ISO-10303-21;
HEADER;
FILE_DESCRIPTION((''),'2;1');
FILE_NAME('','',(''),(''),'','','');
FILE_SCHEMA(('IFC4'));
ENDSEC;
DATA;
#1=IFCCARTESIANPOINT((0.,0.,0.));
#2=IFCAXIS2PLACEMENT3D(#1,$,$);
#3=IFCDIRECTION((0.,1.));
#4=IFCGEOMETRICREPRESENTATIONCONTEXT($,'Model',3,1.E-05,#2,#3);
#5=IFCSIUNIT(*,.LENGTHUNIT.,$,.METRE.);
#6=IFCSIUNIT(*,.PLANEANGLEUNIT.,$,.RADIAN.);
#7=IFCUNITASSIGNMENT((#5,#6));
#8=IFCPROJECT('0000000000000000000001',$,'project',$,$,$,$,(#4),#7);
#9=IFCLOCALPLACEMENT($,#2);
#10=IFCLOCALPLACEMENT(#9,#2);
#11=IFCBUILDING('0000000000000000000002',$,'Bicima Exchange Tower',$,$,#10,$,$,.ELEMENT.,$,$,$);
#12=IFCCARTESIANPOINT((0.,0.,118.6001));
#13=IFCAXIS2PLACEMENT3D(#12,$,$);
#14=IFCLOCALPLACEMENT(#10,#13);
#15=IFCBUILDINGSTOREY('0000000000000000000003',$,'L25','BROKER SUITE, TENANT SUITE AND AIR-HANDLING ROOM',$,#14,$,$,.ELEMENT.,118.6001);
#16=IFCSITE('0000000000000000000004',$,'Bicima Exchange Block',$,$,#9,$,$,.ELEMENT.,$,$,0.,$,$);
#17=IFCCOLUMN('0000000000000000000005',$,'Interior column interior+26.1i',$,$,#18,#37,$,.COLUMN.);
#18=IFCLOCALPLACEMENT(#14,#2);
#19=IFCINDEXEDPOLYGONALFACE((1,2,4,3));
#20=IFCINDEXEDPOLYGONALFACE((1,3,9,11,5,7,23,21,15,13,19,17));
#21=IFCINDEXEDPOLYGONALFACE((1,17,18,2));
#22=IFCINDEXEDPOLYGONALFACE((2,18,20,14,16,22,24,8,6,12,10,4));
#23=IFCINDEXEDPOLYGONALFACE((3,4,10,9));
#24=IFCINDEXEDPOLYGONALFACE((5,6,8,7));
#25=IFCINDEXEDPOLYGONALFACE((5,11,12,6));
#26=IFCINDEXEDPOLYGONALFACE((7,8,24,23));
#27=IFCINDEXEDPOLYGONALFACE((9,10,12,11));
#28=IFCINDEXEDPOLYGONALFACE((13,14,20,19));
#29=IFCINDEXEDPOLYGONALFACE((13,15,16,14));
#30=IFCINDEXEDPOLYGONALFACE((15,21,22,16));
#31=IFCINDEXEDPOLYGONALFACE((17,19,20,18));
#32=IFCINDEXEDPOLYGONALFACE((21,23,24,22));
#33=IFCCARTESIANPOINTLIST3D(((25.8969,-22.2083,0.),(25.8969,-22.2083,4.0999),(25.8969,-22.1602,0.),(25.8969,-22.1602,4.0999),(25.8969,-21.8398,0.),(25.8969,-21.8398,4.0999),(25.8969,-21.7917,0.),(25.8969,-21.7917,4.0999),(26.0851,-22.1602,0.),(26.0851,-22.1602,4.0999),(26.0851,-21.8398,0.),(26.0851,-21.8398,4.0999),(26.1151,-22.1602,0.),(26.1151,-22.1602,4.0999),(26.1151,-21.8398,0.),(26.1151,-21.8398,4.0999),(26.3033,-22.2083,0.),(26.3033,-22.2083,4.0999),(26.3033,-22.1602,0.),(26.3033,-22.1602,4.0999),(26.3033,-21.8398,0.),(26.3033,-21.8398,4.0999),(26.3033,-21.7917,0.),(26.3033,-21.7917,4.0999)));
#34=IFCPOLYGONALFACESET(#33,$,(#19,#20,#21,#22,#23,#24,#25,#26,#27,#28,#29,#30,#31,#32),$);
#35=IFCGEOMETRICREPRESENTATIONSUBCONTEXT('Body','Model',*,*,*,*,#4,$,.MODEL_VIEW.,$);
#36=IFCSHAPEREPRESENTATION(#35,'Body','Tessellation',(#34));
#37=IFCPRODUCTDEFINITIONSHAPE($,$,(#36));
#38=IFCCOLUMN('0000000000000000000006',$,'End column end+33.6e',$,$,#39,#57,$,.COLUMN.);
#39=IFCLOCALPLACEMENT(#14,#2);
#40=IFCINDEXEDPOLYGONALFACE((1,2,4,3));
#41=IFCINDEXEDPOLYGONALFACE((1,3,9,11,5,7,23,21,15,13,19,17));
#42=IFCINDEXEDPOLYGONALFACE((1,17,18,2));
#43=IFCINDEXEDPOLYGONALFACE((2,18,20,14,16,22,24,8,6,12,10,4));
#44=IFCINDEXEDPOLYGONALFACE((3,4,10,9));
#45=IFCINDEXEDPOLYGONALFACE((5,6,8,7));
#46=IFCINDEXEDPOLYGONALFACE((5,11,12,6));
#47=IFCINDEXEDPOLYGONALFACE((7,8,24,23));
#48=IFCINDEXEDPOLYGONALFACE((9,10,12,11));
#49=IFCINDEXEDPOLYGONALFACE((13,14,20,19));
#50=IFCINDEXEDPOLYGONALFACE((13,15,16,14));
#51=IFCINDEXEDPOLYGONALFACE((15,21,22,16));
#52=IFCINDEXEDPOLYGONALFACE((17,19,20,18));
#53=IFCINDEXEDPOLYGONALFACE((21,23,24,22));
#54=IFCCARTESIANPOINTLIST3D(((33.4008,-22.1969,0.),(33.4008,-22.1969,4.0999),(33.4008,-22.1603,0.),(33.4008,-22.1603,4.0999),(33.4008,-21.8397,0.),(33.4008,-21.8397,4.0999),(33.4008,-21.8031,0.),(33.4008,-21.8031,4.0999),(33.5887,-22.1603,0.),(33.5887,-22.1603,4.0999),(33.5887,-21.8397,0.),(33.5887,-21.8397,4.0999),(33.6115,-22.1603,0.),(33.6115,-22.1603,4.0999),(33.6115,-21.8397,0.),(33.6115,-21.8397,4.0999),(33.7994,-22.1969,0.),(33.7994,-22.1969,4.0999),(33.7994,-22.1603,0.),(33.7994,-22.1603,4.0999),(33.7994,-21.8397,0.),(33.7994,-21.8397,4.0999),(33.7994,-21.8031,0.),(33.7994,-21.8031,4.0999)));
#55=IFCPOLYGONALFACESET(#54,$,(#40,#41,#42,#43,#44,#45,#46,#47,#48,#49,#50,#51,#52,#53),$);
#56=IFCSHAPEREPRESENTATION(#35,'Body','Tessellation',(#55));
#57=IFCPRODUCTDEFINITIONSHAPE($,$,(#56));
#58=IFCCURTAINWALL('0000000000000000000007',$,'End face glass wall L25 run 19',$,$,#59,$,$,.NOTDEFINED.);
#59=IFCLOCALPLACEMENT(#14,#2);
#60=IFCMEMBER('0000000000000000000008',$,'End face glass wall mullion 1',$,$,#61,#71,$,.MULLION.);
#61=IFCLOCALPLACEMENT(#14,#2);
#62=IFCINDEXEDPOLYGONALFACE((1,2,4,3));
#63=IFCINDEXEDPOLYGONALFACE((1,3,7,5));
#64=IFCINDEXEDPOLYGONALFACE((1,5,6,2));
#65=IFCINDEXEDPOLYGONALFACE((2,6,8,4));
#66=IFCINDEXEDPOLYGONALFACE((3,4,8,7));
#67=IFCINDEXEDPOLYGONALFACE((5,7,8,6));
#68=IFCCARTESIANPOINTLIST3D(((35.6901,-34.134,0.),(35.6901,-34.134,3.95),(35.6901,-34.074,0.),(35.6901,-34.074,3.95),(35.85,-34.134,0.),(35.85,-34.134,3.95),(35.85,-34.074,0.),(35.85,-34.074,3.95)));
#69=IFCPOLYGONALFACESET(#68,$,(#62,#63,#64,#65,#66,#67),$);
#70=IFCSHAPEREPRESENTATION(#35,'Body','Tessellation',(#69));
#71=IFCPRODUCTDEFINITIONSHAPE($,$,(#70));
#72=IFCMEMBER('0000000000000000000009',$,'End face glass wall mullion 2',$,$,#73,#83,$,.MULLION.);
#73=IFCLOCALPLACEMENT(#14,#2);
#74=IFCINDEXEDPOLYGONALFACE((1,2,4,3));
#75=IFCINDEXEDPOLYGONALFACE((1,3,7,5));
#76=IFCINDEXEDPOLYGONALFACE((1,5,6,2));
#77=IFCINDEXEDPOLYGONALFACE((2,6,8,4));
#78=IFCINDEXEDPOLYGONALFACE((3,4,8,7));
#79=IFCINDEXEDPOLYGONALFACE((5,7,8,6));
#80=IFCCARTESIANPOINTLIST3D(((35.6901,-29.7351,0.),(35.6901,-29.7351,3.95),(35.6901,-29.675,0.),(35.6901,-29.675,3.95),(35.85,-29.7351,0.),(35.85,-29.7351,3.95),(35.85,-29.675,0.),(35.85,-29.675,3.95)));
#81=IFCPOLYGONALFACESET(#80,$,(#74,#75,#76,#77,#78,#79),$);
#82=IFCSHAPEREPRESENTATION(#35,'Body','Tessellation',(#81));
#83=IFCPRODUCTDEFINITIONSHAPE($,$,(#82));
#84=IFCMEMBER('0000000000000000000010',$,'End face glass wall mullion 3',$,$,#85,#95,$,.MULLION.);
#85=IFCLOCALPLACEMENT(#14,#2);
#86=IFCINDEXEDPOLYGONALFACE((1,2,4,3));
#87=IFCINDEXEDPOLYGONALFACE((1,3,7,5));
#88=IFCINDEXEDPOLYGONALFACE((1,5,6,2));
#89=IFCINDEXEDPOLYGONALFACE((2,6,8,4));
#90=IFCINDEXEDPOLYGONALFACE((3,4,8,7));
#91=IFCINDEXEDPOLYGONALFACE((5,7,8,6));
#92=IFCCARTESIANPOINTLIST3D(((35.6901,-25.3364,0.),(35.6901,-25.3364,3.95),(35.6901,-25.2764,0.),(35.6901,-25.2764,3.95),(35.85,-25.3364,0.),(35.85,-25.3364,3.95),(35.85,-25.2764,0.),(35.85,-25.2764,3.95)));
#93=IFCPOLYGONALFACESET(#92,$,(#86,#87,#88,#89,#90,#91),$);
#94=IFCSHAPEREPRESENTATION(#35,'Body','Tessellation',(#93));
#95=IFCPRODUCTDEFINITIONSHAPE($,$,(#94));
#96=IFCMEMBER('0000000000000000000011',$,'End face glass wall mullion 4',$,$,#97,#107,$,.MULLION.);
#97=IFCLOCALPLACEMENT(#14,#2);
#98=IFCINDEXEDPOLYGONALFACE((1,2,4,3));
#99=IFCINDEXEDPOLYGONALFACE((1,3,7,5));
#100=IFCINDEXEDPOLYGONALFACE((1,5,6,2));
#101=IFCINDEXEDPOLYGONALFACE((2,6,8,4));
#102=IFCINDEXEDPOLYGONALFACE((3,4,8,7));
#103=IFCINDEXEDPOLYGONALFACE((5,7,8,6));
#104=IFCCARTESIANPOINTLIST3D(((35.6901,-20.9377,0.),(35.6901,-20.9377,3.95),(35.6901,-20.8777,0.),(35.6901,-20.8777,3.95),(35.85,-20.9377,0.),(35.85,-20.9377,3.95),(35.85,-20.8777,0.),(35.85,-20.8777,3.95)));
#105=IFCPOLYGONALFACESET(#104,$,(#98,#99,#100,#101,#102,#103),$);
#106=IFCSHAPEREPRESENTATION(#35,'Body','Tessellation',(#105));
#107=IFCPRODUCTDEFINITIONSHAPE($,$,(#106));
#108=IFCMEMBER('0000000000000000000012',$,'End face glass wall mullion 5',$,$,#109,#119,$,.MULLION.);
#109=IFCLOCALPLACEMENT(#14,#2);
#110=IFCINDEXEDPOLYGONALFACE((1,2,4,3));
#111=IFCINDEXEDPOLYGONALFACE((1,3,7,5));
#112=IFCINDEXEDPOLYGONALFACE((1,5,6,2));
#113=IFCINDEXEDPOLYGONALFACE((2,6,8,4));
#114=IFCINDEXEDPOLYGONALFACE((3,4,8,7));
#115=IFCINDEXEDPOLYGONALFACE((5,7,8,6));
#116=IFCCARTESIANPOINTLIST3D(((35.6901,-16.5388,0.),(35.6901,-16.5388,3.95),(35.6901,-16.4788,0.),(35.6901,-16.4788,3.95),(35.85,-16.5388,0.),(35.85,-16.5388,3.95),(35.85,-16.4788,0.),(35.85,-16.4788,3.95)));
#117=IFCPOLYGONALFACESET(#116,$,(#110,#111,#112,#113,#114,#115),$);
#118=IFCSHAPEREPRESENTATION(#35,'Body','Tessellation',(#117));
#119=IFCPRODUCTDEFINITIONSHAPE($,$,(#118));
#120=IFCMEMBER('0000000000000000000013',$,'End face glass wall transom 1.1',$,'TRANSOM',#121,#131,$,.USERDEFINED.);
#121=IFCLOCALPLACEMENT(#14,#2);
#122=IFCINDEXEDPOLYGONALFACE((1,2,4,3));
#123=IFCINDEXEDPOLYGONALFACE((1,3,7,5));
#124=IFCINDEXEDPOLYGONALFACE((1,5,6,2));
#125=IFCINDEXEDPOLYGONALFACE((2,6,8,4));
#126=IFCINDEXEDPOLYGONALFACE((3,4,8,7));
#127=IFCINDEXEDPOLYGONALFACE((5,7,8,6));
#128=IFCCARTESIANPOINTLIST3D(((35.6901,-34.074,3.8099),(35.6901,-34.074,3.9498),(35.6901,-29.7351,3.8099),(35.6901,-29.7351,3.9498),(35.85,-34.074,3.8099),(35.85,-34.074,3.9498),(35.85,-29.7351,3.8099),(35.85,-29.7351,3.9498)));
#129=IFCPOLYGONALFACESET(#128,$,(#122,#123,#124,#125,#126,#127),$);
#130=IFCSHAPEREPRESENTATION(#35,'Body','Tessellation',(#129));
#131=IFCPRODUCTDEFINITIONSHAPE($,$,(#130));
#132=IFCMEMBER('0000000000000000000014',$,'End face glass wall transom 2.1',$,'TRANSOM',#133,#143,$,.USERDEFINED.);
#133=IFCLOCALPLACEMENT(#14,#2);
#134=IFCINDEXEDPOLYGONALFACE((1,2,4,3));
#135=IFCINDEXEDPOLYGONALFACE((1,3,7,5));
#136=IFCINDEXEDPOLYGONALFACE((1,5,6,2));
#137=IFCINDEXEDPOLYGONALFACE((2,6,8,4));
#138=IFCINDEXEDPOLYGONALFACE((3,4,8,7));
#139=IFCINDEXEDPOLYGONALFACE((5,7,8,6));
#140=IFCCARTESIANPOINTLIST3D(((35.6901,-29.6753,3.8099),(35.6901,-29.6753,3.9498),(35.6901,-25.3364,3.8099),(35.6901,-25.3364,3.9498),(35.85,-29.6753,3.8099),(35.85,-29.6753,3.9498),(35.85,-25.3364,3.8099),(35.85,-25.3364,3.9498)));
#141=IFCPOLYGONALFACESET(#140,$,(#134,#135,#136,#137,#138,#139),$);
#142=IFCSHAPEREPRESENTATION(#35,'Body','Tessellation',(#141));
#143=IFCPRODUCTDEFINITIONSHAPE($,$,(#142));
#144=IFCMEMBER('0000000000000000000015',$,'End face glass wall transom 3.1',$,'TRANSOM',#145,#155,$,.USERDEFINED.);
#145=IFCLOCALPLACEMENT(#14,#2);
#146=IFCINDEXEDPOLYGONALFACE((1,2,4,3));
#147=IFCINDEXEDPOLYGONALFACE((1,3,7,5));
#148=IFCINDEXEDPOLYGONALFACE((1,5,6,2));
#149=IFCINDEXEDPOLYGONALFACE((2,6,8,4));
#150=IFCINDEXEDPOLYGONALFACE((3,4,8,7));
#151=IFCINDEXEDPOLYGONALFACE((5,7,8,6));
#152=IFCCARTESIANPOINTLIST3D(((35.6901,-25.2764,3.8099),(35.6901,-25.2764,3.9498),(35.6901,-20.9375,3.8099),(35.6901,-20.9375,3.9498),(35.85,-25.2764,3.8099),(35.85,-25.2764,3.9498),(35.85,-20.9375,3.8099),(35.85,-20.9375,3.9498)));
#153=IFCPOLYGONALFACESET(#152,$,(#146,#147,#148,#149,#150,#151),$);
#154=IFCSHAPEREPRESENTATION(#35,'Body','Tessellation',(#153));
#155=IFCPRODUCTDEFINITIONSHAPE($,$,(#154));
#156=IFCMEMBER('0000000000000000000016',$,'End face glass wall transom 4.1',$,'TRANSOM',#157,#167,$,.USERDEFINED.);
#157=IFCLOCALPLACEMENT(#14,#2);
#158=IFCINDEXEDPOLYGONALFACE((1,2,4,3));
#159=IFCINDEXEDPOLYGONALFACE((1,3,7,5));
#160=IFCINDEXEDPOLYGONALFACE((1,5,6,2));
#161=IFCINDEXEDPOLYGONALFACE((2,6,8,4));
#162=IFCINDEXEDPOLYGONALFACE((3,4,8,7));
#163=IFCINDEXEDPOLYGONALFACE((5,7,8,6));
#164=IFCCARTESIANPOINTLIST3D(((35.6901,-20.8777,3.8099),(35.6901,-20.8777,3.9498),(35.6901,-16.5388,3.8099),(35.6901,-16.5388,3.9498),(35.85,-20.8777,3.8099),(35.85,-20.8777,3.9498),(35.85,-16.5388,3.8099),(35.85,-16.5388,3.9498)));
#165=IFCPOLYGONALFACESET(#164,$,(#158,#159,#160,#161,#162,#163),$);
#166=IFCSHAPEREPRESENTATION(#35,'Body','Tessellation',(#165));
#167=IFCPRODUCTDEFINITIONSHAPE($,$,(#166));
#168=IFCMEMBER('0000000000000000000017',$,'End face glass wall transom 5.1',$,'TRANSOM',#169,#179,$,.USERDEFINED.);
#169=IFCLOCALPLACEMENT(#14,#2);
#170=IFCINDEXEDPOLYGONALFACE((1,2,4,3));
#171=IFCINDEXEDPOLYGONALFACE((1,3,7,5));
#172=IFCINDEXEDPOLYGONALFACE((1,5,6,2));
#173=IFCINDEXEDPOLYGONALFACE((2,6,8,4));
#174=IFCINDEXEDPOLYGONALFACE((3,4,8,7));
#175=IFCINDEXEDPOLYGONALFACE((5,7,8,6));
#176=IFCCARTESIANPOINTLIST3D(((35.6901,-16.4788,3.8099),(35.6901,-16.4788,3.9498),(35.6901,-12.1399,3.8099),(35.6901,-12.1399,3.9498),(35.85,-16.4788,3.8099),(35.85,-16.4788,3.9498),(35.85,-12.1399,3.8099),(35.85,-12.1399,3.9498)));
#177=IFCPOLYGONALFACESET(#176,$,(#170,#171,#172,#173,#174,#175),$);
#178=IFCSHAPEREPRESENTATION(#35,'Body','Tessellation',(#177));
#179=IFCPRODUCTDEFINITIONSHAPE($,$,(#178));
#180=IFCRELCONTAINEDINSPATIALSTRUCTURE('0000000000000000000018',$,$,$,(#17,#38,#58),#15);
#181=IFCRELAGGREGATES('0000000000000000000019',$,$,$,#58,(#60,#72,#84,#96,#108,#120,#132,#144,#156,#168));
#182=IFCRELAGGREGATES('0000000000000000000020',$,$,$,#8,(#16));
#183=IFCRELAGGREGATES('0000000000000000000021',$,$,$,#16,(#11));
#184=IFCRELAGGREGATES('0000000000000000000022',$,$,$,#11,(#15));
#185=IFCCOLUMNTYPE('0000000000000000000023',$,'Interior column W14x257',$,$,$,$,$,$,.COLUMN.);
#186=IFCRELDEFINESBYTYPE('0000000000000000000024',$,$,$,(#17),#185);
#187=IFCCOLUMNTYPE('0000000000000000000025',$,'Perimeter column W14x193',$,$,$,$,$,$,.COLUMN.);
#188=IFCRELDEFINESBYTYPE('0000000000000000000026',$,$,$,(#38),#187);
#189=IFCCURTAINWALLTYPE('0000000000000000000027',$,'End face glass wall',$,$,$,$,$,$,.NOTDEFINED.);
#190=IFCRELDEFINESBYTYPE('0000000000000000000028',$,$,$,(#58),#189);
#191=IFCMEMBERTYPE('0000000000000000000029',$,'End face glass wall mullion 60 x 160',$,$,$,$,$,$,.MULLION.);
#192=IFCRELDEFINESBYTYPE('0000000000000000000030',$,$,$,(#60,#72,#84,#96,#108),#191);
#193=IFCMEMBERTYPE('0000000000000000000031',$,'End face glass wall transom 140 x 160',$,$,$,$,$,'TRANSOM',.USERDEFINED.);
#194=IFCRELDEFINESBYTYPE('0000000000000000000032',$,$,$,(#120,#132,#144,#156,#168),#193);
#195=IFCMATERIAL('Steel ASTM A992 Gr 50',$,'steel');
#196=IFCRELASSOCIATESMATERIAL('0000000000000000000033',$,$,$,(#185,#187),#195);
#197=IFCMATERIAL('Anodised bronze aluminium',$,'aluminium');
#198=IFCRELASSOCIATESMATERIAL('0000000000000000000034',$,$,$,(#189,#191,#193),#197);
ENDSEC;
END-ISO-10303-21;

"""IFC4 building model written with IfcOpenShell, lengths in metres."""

from ifc_helpers import new_model, si_unit, direction, frame, origin, origin_2d, place, context, subcontext, project, spatial, rectangle, i_section, extrude, material, material_profile, profile_set, type_object, element, aggregate, save


model = new_model("IFC4")

# Units and contexts
model_context = context("Model", 3, precision=1e-05, world=origin(), true_north=direction((0.0, 1.0)))
body_context = subcontext(model_context, "Body", "Model", "MODEL_VIEW")
ifc_project = project(units=[si_unit("LENGTHUNIT", "METRE"), si_unit("PLANEANGLEUNIT", "RADIAN")], contexts=[model_context])

# Site, building, storey
site_placement = place(None, origin())
site = spatial("IfcSite", under=ifc_project, at=site_placement, Name="Bicima Exchange Block", CompositionType="ELEMENT", RefElevation=0.0)
building_placement = place(site_placement, origin())
building = spatial("IfcBuilding", under=site, at=building_placement, Name="Bicima Exchange Tower", CompositionType="ELEMENT")
storey_placement = place(building_placement, frame((0.0, 0.0, 118.6001)))
storey = spatial("IfcBuildingStorey", under=building, at=storey_placement, Name="L25", Description="BROKER SUITE, TENANT SUITE AND AIR-HANDLING ROOM", CompositionType="ELEMENT", Elevation=118.6001)

# Columns
ifc_material_1 = material(Name="Steel ASTM A992 Gr 50", Category="steel")
ifc_material_profile_1 = material_profile(ifc_material_1, i_section(OverallWidth=0.4065, OverallDepth=0.4165, WebThickness=0.03, FlangeThickness=0.0481, at=origin_2d()))
ifc_profile_set_1 = profile_set([ifc_material_profile_1], Name="Steel ASTM A992 Gr 50")
column_type_1 = type_object("IfcColumnType", Name="Interior column W14x257", PredefinedType="COLUMN", material=ifc_profile_set_1)
column_1_placement = place(storey_placement, frame((26.1001, -22.0, 0.0), z_axis=(0.0, 0.0, 1.0), x_axis=(1.0, 0.0, 0.0)))
element("IfcColumn", 1, at=column_1_placement, inside=storey, type_object=column_type_1, Name="Interior column interior+26.1i", PredefinedType="COLUMN", context=body_context, shape_type="SweptSolid", body=[
    extrude(i_section(OverallWidth=0.4065, OverallDepth=0.4165, WebThickness=0.03, FlangeThickness=0.0481, at=origin_2d()), origin(), (0.0, 0.0, 1.0), 4.0999),
])
ifc_material_profile_2 = material_profile(ifc_material_1, i_section(OverallWidth=0.3987, OverallDepth=0.3938, WebThickness=0.0227, FlangeThickness=0.0366, at=origin_2d()))
ifc_profile_set_2 = profile_set([ifc_material_profile_2], Name="Steel ASTM A992 Gr 50")
column_type_2 = type_object("IfcColumnType", Name="Perimeter column W14x193", PredefinedType="COLUMN", material=ifc_profile_set_2)
column_2_placement = place(storey_placement, frame((33.6001, -22.0, 0.0), z_axis=(0.0, 0.0, 1.0), x_axis=(1.0, 0.0, 0.0)))
element("IfcColumn", 2, at=column_2_placement, inside=storey, type_object=column_type_2, Name="End column end+33.6e", PredefinedType="COLUMN", context=body_context, shape_type="SweptSolid", body=[
    extrude(i_section(OverallWidth=0.3987, OverallDepth=0.3938, WebThickness=0.0227, FlangeThickness=0.0366, at=origin_2d()), origin(), (0.0, 0.0, 1.0), 4.0999),
])

# Curtain wall, members
ifc_material_2 = material(Name="Anodised bronze aluminium", Category="aluminium")
curtain_wall_type = type_object("IfcCurtainWallType", Name="End face glass wall", PredefinedType="NOTDEFINED", material=ifc_material_2)
curtain_wall_placement = place(storey_placement, origin())
curtain_wall = element("IfcCurtainWall", 3, at=curtain_wall_placement, inside=storey, type_object=curtain_wall_type, Name="End face glass wall L25 run 19", PredefinedType="NOTDEFINED")
ifc_material_profile_3 = material_profile(ifc_material_2, rectangle(XDim=0.1599, YDim=0.0601, at=origin_2d()))
ifc_profile_set_3 = profile_set([ifc_material_profile_3], Name="Anodised bronze aluminium")
member_type_1 = type_object("IfcMemberType", Name="End face glass wall mullion 60 x 160", PredefinedType="MULLION", material=ifc_profile_set_3)
member_1_placement = place(storey_placement, frame((35.77, -34.104, 0.0), z_axis=(0.0, 0.0, 1.0), x_axis=(-1.0, 0.0, 0.0)))
member_1 = element("IfcMember", 4, at=member_1_placement, type_object=member_type_1, Name="End face glass wall mullion 1", PredefinedType="MULLION", context=body_context, shape_type="SweptSolid", body=[
    extrude(rectangle(XDim=0.1599, YDim=0.0601, at=origin_2d()), origin(), (0.0, 0.0, 1.0), 3.95),
])
member_2_placement = place(storey_placement, frame((35.77, -29.7051, 0.0), z_axis=(0.0, 0.0, 1.0), x_axis=(-1.0, 0.0, 0.0)))
member_2 = element("IfcMember", 5, at=member_2_placement, type_object=member_type_1, Name="End face glass wall mullion 2", PredefinedType="MULLION", context=body_context, shape_type="SweptSolid", body=[
    extrude(rectangle(XDim=0.1599, YDim=0.0601, at=origin_2d()), origin(), (0.0, 0.0, 1.0), 3.95),
])
member_3_placement = place(storey_placement, frame((35.77, -25.3064, 0.0), z_axis=(0.0, 0.0, 1.0), x_axis=(-1.0, 0.0, 0.0)))
member_3 = element("IfcMember", 6, at=member_3_placement, type_object=member_type_1, Name="End face glass wall mullion 3", PredefinedType="MULLION", context=body_context, shape_type="SweptSolid", body=[
    extrude(rectangle(XDim=0.1599, YDim=0.0601, at=origin_2d()), origin(), (0.0, 0.0, 1.0), 3.95),
])
member_4_placement = place(storey_placement, frame((35.77, -20.9077, 0.0), z_axis=(0.0, 0.0, 1.0), x_axis=(-1.0, 0.0, 0.0)))
member_4 = element("IfcMember", 7, at=member_4_placement, type_object=member_type_1, Name="End face glass wall mullion 4", PredefinedType="MULLION", context=body_context, shape_type="SweptSolid", body=[
    extrude(rectangle(XDim=0.1599, YDim=0.0601, at=origin_2d()), origin(), (0.0, 0.0, 1.0), 3.95),
])
member_5_placement = place(storey_placement, frame((35.77, -16.5088, 0.0), z_axis=(0.0, 0.0, 1.0), x_axis=(-1.0, 0.0, 0.0)))
member_5 = element("IfcMember", 8, at=member_5_placement, type_object=member_type_1, Name="End face glass wall mullion 5", PredefinedType="MULLION", context=body_context, shape_type="SweptSolid", body=[
    extrude(rectangle(XDim=0.1599, YDim=0.0601, at=origin_2d()), origin(), (0.0, 0.0, 1.0), 3.95),
])
ifc_material_profile_4 = material_profile(ifc_material_2, rectangle(XDim=0.1599, YDim=0.1399, at=origin_2d()))
ifc_profile_set_4 = profile_set([ifc_material_profile_4], Name="Anodised bronze aluminium")
member_type_2 = type_object("IfcMemberType", Name="End face glass wall transom 140 x 160", ElementType="TRANSOM", PredefinedType="USERDEFINED", material=ifc_profile_set_4)
member_6_placement = place(storey_placement, frame((35.77, -34.074, 3.8799), z_axis=(0.0, 1.0, 0.0), x_axis=(-1.0, 0.0, 0.0)))
member_6 = element("IfcMember", 9, at=member_6_placement, type_object=member_type_2, Name="End face glass wall transom 1.1", ObjectType="TRANSOM", PredefinedType="USERDEFINED", context=body_context, shape_type="SweptSolid", body=[
    extrude(rectangle(XDim=0.1599, YDim=0.1399, at=origin_2d()), origin(), (0.0, 0.0, 1.0), 4.3389),
])
member_7_placement = place(storey_placement, frame((35.77, -29.6753, 3.8799), z_axis=(0.0, 1.0, 0.0), x_axis=(-1.0, 0.0, 0.0)))
member_7 = element("IfcMember", 10, at=member_7_placement, type_object=member_type_2, Name="End face glass wall transom 2.1", ObjectType="TRANSOM", PredefinedType="USERDEFINED", context=body_context, shape_type="SweptSolid", body=[
    extrude(rectangle(XDim=0.1599, YDim=0.1399, at=origin_2d()), origin(), (0.0, 0.0, 1.0), 4.3389),
])
member_8_placement = place(storey_placement, frame((35.77, -25.2764, 3.8799), z_axis=(0.0, 1.0, 0.0), x_axis=(-1.0, 0.0, 0.0)))
member_8 = element("IfcMember", 11, at=member_8_placement, type_object=member_type_2, Name="End face glass wall transom 3.1", ObjectType="TRANSOM", PredefinedType="USERDEFINED", context=body_context, shape_type="SweptSolid", body=[
    extrude(rectangle(XDim=0.1599, YDim=0.1399, at=origin_2d()), origin(), (0.0, 0.0, 1.0), 4.3389),
])
member_9_placement = place(storey_placement, frame((35.77, -20.8777, 3.8799), z_axis=(0.0, 1.0, 0.0), x_axis=(-1.0, 0.0, 0.0)))
member_9 = element("IfcMember", 12, at=member_9_placement, type_object=member_type_2, Name="End face glass wall transom 4.1", ObjectType="TRANSOM", PredefinedType="USERDEFINED", context=body_context, shape_type="SweptSolid", body=[
    extrude(rectangle(XDim=0.1599, YDim=0.1399, at=origin_2d()), origin(), (0.0, 0.0, 1.0), 4.3389),
])
member_10_placement = place(storey_placement, frame((35.77, -16.4788, 3.8799), z_axis=(0.0, 1.0, 0.0), x_axis=(-1.0, 0.0, 0.0)))
member_10 = element("IfcMember", 13, at=member_10_placement, type_object=member_type_2, Name="End face glass wall transom 5.1", ObjectType="TRANSOM", PredefinedType="USERDEFINED", context=body_context, shape_type="SweptSolid", body=[
    extrude(rectangle(XDim=0.1599, YDim=0.1399, at=origin_2d()), origin(), (0.0, 0.0, 1.0), 4.3389),
])

aggregate(curtain_wall, [member_1, member_2, member_3, member_4, member_5, member_6, member_7, member_8, member_9, member_10])

save(model, "model.ifc")
